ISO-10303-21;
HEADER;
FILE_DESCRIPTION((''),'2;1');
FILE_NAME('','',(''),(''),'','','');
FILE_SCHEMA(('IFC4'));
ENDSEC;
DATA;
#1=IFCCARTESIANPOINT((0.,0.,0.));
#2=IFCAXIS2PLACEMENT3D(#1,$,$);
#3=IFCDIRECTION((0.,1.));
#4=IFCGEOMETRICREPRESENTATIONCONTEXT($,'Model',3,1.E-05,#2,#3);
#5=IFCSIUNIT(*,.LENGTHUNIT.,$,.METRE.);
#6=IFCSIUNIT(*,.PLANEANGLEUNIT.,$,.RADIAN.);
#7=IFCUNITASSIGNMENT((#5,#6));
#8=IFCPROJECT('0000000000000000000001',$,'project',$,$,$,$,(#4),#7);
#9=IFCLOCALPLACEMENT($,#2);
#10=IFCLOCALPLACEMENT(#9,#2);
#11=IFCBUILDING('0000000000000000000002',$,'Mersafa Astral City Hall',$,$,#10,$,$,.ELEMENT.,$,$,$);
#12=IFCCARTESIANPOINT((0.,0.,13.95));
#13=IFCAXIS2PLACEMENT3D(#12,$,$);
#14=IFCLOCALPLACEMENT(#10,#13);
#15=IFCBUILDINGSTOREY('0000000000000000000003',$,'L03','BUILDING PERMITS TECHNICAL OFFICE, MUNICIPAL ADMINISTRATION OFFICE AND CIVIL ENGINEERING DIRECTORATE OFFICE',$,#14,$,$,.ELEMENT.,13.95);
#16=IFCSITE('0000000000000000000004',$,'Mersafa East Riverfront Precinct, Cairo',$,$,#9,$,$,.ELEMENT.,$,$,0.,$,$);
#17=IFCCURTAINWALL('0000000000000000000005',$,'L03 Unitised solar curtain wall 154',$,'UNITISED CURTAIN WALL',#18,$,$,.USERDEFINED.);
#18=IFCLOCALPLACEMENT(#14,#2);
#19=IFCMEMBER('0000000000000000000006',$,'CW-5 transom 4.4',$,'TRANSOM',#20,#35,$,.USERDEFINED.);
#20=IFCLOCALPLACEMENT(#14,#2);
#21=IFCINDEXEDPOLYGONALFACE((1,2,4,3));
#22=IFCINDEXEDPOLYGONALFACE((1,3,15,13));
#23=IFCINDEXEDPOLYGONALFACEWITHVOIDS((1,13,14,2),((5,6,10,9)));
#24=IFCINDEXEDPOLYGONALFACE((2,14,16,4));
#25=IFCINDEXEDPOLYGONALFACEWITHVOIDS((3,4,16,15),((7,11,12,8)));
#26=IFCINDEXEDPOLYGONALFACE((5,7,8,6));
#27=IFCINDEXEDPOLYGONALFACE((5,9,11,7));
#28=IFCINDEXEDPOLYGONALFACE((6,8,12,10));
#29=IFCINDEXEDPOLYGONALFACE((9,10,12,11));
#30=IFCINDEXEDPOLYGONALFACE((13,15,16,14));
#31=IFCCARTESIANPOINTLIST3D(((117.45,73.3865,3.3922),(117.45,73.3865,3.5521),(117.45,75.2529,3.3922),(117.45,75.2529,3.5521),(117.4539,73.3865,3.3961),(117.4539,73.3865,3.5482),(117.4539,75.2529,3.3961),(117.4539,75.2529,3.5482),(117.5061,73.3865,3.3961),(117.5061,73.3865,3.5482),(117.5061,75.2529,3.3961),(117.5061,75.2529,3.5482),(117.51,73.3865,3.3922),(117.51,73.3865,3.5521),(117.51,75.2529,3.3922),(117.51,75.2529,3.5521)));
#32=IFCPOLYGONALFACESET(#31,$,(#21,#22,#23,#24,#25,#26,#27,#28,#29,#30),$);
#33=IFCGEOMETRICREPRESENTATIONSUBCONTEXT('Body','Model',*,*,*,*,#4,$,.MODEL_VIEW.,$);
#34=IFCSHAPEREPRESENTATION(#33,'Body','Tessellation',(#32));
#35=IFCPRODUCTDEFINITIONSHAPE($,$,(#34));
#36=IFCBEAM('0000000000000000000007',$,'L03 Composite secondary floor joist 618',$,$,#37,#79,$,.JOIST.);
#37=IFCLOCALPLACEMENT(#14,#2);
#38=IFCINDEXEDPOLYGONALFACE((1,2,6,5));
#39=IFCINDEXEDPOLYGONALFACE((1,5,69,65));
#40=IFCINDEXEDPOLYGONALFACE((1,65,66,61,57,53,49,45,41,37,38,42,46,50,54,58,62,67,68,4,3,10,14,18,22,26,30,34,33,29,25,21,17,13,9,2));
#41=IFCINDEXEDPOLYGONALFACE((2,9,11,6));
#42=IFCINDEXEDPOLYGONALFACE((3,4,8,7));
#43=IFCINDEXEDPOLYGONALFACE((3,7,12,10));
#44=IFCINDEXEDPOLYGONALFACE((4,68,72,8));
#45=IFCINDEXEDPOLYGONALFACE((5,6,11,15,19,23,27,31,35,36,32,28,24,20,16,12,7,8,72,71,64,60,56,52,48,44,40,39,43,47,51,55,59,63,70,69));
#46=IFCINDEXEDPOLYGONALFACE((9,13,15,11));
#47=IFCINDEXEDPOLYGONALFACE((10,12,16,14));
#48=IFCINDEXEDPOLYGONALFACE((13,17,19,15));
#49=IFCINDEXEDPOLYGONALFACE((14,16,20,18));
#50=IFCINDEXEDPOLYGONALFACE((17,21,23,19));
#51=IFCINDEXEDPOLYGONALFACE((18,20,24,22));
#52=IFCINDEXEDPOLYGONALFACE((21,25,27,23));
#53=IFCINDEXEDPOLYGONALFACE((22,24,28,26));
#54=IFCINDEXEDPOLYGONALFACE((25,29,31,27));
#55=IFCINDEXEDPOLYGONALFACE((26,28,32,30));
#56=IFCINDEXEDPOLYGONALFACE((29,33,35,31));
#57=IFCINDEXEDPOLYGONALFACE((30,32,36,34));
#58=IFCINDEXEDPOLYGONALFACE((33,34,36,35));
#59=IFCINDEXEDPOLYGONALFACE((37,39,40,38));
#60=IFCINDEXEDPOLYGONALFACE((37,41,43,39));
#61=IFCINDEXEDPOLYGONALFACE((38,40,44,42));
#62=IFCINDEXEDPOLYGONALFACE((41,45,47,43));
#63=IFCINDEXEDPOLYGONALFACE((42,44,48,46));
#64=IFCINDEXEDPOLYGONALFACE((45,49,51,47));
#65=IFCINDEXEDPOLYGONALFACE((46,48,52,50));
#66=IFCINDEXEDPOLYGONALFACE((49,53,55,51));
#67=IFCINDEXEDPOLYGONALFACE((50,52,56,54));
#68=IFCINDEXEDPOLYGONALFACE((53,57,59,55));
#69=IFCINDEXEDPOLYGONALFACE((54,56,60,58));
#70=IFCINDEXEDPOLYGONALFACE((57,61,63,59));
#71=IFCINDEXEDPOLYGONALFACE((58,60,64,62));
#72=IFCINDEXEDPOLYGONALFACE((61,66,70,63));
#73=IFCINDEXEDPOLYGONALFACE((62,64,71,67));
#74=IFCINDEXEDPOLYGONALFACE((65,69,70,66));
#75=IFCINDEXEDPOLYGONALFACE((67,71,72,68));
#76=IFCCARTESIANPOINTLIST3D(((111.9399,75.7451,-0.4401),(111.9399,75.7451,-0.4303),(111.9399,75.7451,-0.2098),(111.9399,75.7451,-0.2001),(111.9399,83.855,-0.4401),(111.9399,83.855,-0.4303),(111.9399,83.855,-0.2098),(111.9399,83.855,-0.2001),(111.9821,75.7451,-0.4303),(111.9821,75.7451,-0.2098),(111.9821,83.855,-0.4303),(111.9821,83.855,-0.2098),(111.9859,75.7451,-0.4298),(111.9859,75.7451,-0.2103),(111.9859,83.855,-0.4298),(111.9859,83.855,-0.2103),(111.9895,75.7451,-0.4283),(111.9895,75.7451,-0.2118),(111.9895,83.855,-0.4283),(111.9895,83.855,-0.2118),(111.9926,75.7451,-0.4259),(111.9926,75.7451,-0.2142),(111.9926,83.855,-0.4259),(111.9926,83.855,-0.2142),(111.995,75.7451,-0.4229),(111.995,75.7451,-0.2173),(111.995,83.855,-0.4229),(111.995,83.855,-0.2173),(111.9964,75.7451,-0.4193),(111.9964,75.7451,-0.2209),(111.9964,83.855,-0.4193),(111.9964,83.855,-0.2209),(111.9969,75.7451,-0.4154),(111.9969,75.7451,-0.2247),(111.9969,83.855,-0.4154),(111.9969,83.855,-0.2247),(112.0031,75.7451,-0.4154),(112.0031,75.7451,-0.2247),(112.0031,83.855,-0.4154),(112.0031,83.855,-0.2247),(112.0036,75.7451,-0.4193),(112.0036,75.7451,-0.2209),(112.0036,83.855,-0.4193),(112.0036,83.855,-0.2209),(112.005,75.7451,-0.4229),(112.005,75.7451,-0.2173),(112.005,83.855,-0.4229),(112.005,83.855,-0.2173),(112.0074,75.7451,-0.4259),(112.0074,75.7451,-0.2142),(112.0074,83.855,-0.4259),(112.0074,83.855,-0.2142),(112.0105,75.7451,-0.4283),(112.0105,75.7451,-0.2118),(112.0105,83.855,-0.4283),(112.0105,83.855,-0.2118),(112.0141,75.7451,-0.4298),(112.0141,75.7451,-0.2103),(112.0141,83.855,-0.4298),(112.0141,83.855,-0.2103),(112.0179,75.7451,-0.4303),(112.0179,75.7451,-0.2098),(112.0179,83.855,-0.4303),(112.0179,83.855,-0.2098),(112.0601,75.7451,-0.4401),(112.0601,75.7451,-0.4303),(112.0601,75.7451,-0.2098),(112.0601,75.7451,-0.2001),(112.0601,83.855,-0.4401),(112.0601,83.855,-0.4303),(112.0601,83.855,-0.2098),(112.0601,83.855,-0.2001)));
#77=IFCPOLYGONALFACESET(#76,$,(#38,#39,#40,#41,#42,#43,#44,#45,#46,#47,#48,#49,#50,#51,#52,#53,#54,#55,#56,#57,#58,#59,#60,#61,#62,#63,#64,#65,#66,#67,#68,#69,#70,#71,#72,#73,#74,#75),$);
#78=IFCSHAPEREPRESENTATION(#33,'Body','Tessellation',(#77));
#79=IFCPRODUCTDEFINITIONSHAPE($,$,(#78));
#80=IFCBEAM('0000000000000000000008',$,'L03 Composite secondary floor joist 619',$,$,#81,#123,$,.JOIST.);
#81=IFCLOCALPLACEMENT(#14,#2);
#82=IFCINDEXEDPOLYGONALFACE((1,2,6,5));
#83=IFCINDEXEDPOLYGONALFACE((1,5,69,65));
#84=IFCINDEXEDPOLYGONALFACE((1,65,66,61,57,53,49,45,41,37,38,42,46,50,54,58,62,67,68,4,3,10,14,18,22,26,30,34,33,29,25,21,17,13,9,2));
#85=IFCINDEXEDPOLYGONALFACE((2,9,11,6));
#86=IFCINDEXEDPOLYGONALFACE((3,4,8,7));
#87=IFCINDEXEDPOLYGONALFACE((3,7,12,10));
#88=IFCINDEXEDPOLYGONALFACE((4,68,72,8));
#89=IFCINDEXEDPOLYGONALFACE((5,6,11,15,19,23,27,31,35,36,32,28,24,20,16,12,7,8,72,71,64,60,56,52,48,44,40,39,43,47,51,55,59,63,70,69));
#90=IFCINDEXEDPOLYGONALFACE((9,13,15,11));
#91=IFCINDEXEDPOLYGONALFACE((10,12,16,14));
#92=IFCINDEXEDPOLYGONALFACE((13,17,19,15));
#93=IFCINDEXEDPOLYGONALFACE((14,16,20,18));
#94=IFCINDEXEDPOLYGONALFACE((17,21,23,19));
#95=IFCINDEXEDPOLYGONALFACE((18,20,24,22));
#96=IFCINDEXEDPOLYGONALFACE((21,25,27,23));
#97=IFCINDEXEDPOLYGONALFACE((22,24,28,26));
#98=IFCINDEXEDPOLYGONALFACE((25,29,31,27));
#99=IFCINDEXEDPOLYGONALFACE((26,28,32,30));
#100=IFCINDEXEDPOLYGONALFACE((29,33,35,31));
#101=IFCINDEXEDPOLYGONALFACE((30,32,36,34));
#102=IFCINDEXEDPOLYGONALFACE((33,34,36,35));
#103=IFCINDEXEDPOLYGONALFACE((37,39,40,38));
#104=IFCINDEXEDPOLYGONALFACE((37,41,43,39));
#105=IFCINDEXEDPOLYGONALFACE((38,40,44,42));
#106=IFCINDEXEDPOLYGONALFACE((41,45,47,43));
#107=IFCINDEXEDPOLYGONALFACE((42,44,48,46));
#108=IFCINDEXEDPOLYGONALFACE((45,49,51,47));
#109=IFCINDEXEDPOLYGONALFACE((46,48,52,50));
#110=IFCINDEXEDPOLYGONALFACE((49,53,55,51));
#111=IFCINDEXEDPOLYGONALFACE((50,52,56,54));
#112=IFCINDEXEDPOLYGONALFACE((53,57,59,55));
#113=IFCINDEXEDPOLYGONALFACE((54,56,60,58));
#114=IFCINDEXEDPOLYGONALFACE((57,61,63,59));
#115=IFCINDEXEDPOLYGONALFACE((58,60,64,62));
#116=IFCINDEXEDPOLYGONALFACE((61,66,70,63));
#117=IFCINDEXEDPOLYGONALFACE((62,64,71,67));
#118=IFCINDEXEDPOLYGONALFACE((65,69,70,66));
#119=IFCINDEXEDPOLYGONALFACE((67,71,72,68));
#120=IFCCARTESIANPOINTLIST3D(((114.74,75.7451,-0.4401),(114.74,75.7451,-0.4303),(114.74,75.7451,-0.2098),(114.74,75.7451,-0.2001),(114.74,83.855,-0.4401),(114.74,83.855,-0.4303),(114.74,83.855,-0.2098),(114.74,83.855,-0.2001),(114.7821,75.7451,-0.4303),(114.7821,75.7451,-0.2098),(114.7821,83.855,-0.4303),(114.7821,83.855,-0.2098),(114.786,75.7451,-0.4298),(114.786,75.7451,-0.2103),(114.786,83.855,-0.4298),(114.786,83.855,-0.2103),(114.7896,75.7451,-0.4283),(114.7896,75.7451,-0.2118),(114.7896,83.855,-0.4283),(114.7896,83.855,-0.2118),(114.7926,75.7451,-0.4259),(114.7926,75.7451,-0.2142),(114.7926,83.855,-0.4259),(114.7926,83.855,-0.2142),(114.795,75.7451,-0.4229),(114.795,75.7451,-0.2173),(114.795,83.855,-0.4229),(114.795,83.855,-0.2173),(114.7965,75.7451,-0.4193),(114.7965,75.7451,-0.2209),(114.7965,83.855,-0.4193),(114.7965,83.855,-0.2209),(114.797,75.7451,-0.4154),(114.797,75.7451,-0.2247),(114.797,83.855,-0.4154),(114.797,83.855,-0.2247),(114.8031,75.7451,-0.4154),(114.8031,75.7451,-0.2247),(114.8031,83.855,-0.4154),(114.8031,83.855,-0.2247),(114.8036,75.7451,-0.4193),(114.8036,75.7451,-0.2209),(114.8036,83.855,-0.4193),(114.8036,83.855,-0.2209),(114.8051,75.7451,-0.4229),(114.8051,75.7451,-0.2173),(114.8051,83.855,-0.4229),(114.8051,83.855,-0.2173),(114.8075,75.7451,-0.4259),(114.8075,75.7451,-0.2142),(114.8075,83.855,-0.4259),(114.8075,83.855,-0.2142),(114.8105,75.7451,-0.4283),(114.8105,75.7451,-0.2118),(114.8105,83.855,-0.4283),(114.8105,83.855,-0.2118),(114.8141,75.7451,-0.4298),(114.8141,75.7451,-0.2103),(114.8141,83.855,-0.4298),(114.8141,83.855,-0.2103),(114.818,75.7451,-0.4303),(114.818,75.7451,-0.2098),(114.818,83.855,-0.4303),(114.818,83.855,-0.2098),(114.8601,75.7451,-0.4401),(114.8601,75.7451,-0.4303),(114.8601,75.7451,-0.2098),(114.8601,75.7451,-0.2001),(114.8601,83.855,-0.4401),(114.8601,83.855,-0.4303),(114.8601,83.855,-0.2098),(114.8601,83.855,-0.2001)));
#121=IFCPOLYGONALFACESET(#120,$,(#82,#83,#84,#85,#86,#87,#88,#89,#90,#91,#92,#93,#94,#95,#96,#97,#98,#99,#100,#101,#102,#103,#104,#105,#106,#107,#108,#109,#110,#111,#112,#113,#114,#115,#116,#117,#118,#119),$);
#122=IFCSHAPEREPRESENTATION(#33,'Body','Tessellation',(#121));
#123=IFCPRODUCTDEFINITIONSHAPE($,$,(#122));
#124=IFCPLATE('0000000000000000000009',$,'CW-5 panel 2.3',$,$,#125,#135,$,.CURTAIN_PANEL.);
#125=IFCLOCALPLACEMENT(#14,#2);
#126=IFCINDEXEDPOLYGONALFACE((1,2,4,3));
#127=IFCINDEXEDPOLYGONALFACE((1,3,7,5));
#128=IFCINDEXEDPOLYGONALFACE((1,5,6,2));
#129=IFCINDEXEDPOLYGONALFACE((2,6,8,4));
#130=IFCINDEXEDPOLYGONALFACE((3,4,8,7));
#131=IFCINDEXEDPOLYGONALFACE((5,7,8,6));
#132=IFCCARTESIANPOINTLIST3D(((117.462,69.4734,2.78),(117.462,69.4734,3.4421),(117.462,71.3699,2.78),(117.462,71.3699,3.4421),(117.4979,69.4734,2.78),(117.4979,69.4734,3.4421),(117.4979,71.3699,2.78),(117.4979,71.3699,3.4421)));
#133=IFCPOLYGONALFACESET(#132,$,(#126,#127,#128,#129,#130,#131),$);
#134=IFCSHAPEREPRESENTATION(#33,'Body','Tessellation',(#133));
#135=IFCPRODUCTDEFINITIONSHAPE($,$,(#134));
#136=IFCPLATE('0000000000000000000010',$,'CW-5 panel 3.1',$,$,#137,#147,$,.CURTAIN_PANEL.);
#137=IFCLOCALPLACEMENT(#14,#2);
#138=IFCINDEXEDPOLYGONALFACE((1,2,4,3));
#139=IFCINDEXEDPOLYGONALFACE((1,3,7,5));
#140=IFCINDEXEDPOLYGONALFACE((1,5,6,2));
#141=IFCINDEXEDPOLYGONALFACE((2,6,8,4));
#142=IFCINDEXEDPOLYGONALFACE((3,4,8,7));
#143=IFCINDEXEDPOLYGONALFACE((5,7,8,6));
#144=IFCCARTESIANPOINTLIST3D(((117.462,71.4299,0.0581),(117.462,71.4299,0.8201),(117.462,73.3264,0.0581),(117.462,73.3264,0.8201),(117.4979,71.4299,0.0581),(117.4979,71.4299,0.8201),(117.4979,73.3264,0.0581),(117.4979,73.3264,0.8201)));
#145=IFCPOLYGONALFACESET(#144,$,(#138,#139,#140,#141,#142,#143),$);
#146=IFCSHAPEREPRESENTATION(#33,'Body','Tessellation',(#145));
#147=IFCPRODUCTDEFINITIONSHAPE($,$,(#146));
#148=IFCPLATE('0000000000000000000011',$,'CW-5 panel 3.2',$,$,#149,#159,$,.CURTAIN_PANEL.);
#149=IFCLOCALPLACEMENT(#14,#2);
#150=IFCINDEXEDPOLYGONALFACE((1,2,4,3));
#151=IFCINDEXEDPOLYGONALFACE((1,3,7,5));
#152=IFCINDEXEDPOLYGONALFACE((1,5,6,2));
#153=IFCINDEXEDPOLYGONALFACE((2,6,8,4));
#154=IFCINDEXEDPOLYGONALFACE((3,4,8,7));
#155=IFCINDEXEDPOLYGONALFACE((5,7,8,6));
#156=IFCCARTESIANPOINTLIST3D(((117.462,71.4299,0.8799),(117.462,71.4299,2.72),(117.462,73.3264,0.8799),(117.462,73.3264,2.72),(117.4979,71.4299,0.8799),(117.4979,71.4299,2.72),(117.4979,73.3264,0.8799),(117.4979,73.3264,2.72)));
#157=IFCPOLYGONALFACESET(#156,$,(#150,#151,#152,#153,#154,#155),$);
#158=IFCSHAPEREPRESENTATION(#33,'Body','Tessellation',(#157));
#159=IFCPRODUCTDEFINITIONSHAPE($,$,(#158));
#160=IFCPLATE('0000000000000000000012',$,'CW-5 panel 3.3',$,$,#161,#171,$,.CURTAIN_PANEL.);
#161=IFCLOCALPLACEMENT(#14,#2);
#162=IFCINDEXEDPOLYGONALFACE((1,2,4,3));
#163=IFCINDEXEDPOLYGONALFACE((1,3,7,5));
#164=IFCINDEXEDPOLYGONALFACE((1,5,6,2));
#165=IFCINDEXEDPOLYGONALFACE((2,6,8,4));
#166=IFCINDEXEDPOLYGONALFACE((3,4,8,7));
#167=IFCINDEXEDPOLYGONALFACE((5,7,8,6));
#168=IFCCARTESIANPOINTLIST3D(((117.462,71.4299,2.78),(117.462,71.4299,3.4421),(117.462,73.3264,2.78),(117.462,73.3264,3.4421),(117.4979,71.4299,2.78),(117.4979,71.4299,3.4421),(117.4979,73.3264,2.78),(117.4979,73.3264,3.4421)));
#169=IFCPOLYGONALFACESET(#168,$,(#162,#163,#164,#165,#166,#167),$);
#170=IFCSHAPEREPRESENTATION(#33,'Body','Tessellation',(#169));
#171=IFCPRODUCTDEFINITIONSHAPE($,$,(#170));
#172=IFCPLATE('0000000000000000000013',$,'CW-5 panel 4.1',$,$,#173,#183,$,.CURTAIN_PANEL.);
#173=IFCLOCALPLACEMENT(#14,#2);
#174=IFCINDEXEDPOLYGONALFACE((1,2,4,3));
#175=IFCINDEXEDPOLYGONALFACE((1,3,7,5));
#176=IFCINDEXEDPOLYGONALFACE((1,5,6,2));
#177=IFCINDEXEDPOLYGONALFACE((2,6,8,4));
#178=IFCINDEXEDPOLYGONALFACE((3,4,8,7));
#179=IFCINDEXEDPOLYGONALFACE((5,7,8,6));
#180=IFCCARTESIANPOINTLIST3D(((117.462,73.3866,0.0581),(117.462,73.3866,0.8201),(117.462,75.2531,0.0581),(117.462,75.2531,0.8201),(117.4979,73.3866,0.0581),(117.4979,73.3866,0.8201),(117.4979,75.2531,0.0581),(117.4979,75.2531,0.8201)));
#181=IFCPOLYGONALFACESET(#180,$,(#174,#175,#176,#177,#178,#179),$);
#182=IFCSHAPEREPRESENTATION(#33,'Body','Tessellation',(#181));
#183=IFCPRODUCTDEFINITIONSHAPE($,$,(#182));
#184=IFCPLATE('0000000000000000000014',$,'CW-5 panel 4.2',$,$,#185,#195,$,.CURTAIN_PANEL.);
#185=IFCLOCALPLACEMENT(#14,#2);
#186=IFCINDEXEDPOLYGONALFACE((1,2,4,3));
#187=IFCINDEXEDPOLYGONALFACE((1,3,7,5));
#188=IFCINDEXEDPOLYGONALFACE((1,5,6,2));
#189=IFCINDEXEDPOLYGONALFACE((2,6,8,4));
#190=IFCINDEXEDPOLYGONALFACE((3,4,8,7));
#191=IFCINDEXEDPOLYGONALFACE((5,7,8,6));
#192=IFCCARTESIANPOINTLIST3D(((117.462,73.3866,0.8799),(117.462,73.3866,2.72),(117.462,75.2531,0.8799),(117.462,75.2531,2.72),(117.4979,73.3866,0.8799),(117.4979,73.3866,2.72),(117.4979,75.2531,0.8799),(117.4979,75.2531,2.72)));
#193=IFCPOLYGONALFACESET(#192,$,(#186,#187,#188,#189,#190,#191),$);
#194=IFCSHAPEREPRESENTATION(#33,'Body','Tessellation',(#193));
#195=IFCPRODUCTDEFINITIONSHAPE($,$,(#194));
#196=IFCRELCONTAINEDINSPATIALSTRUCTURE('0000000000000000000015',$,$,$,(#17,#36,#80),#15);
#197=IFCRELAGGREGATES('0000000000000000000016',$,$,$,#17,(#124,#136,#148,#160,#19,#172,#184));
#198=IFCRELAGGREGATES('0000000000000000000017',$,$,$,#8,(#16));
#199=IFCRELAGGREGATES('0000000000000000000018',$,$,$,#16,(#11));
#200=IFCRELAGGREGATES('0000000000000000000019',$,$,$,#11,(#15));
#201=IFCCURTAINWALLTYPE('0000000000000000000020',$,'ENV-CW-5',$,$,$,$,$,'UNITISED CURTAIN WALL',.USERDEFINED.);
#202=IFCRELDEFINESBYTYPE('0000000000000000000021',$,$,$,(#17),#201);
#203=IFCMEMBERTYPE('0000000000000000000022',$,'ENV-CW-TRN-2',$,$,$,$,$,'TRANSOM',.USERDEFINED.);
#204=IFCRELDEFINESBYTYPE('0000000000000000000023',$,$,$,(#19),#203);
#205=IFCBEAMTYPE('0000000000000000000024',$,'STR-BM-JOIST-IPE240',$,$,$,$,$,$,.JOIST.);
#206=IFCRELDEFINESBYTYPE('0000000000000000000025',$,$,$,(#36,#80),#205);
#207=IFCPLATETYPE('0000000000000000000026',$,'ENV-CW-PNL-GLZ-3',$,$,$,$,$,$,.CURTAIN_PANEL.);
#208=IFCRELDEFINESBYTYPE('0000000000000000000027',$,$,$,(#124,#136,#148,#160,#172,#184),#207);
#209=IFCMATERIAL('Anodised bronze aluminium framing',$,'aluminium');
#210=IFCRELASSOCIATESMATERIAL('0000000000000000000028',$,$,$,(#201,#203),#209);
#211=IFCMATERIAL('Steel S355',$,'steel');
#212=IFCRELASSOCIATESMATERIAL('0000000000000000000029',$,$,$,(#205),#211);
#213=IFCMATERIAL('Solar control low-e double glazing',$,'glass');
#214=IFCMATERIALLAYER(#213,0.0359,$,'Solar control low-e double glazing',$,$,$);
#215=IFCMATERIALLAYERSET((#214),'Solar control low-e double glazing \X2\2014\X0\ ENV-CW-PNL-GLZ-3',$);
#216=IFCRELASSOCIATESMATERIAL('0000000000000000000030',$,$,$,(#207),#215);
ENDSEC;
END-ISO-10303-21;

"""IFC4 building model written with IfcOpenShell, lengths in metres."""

from ifc_helpers import new_model, si_unit, direction, frame, origin, origin_2d, place, context, subcontext, project, spatial, rectangle, hollow_rectangle, i_section, extrude, material, layer, layer_set, material_profile, profile_set, type_object, element, aggregate, save


model = new_model("IFC4")

# Units and contexts
model_context = context("Model", 3, precision=1e-05, world=origin(), true_north=direction((0.0, 1.0)))
body_context = subcontext(model_context, "Body", "Model", "MODEL_VIEW")
ifc_project = project(units=[si_unit("LENGTHUNIT", "METRE"), si_unit("PLANEANGLEUNIT", "RADIAN")], contexts=[model_context])

# Site, building, storey
site_placement = place(None, origin())
site = spatial("IfcSite", under=ifc_project, at=site_placement, Name="Mersafa East Riverfront Precinct, Cairo", CompositionType="ELEMENT", RefElevation=0.0)
building_placement = place(site_placement, origin())
building = spatial("IfcBuilding", under=site, at=building_placement, Name="Mersafa Astral City Hall", CompositionType="ELEMENT")
storey_placement = place(building_placement, frame((0.0, 0.0, 13.95)))
storey = spatial("IfcBuildingStorey", under=building, at=storey_placement, Name="L03", Description="BUILDING PERMITS TECHNICAL OFFICE, MUNICIPAL ADMINISTRATION OFFICE AND CIVIL ENGINEERING DIRECTORATE OFFICE", CompositionType="ELEMENT", Elevation=13.95)

# Curtain wall
ifc_material_1 = material(Name="Anodised bronze aluminium framing", Category="aluminium")
curtain_wall_type_1 = type_object("IfcCurtainWallType", Name="ENV-CW-5", ElementType="UNITISED CURTAIN WALL", PredefinedType="USERDEFINED", material=ifc_material_1)
curtain_wall_1_placement = place(storey_placement, origin())
curtain_wall_1 = element("IfcCurtainWall", 1, at=curtain_wall_1_placement, inside=storey, type_object=curtain_wall_type_1, Name="L03 Unitised solar curtain wall 154", ObjectType="UNITISED CURTAIN WALL", PredefinedType="USERDEFINED")

# Member
ifc_material_profile_1 = material_profile(ifc_material_1, hollow_rectangle(XDim=0.0601, YDim=0.1599, WallThickness=0.0039, at=origin_2d()), Name="RHS 60x160x4")
ifc_profile_set_1 = profile_set([ifc_material_profile_1], Name="Anodised bronze aluminium framing")
member_type_1 = type_object("IfcMemberType", Name="ENV-CW-TRN-2", ElementType="TRANSOM", PredefinedType="USERDEFINED", material=ifc_profile_set_1)
member_1_placement = place(storey_placement, frame((117.48, 73.3865, 3.4722), z_axis=(0.0, 1.0, 0.0), x_axis=(-1.0, 0.0, 0.0)))
member_1 = element("IfcMember", 2, at=member_1_placement, type_object=member_type_1, Name="CW-5 transom 4.4", ObjectType="TRANSOM", PredefinedType="USERDEFINED", context=body_context, shape_type="SweptSolid", body=[
    extrude(hollow_rectangle(XDim=0.0601, YDim=0.1599, WallThickness=0.0039, at=origin_2d()), origin(), (0.0, 0.0, 1.0), 1.8665),
])

# Beams
ifc_material_2 = material(Name="Steel S355", Category="steel")
ifc_material_profile_2 = material_profile(ifc_material_2, i_section(OverallWidth=0.1201, OverallDepth=0.24, WebThickness=0.0061, FlangeThickness=0.0098, FilletRadius=0.0149, at=origin_2d()), Name="IPE 240")
ifc_profile_set_2 = profile_set([ifc_material_profile_2], Name="Steel S355")
beam_type = type_object("IfcBeamType", Name="STR-BM-JOIST-IPE240", PredefinedType="JOIST", material=ifc_profile_set_2)
for number, where, z_axis, x_axis, name in (
    (3, (112.0, 75.7451, -0.3201), (0.0, 1.0, 0.0), (-1.0, 0.0, 0.0), "L03 Composite secondary floor joist 618"),
    (4, (114.8, 75.7451, -0.3201), (0.0, 1.0, 0.0), (-1.0, 0.0, 0.0), "L03 Composite secondary floor joist 619"),
):
    element("IfcBeam", number, at=place(storey_placement, frame(where, z_axis=z_axis, x_axis=x_axis)), inside=storey, type_object=beam_type, Name=name, PredefinedType="JOIST", context=body_context, shape_type="SweptSolid", body=[
        extrude(i_section(OverallWidth=0.1201, OverallDepth=0.24, WebThickness=0.0061, FlangeThickness=0.0098, FilletRadius=0.0149, at=origin_2d()), origin(), (0.0, 0.0, 1.0), 8.1099),
    ])

# Plates
ifc_material_3 = material(Name="Solar control low-e double glazing", Category="glass")
ifc_layer = layer(ifc_material_3, 0.0359, Name="Solar control low-e double glazing")
ifc_layer_set = layer_set([ifc_layer], Name="Solar control low-e double glazing — ENV-CW-PNL-GLZ-3")
plate_type = type_object("IfcPlateType", Name="ENV-CW-PNL-GLZ-3", PredefinedType="CURTAIN_PANEL", material=ifc_layer_set)
plate_1_placement = place(storey_placement, frame((117.48, 70.4216, 2.78), z_axis=(0.0, 0.0, 1.0), x_axis=(0.0, 1.0, 0.0)))
plate_1 = element("IfcPlate", 5, at=plate_1_placement, type_object=plate_type, Name="CW-5 panel 2.3", PredefinedType="CURTAIN_PANEL", context=body_context, shape_type="SweptSolid", body=[
    extrude(rectangle(XDim=1.8965, YDim=0.0359, at=origin_2d()), origin(), (0.0, 0.0, 1.0), 0.6621),
])
plate_2_placement = place(storey_placement, frame((117.48, 72.3782, 0.0581), z_axis=(0.0, 0.0, 1.0), x_axis=(0.0, 1.0, 0.0)))
plate_2 = element("IfcPlate", 6, at=plate_2_placement, type_object=plate_type, Name="CW-5 panel 3.1", PredefinedType="CURTAIN_PANEL", context=body_context, shape_type="SweptSolid", body=[
    extrude(rectangle(XDim=1.8965, YDim=0.0359, at=origin_2d()), origin(), (0.0, 0.0, 1.0), 0.762),
])
plate_3_placement = place(storey_placement, frame((117.48, 72.3782, 0.8799), z_axis=(0.0, 0.0, 1.0), x_axis=(0.0, 1.0, 0.0)))
plate_3 = element("IfcPlate", 7, at=plate_3_placement, type_object=plate_type, Name="CW-5 panel 3.2", PredefinedType="CURTAIN_PANEL", context=body_context, shape_type="SweptSolid", body=[
    extrude(rectangle(XDim=1.8965, YDim=0.0359, at=origin_2d()), origin(), (0.0, 0.0, 1.0), 1.8401),
])
plate_4_placement = place(storey_placement, frame((117.48, 72.3782, 2.78), z_axis=(0.0, 0.0, 1.0), x_axis=(0.0, 1.0, 0.0)))
plate_4 = element("IfcPlate", 8, at=plate_4_placement, type_object=plate_type, Name="CW-5 panel 3.3", PredefinedType="CURTAIN_PANEL", context=body_context, shape_type="SweptSolid", body=[
    extrude(rectangle(XDim=1.8965, YDim=0.0359, at=origin_2d()), origin(), (0.0, 0.0, 1.0), 0.6621),
])
plate_5_placement = place(storey_placement, frame((117.48, 74.3198, 0.0581), z_axis=(0.0, 0.0, 1.0), x_axis=(0.0, 1.0, 0.0)))
plate_5 = element("IfcPlate", 9, at=plate_5_placement, type_object=plate_type, Name="CW-5 panel 4.1", PredefinedType="CURTAIN_PANEL", context=body_context, shape_type="SweptSolid", body=[
    extrude(rectangle(XDim=1.8665, YDim=0.0359, at=origin_2d()), origin(), (0.0, 0.0, 1.0), 0.762),
])
plate_6_placement = place(storey_placement, frame((117.48, 74.3198, 0.8799), z_axis=(0.0, 0.0, 1.0), x_axis=(0.0, 1.0, 0.0)))
plate_6 = element("IfcPlate", 10, at=plate_6_placement, type_object=plate_type, Name="CW-5 panel 4.2", PredefinedType="CURTAIN_PANEL", context=body_context, shape_type="SweptSolid", body=[
    extrude(rectangle(XDim=1.8665, YDim=0.0359, at=origin_2d()), origin(), (0.0, 0.0, 1.0), 1.8401),
])
aggregate(curtain_wall_1, [plate_1, plate_2, plate_3, plate_4, member_1, plate_5, plate_6])

save(model, "model.ifc")
